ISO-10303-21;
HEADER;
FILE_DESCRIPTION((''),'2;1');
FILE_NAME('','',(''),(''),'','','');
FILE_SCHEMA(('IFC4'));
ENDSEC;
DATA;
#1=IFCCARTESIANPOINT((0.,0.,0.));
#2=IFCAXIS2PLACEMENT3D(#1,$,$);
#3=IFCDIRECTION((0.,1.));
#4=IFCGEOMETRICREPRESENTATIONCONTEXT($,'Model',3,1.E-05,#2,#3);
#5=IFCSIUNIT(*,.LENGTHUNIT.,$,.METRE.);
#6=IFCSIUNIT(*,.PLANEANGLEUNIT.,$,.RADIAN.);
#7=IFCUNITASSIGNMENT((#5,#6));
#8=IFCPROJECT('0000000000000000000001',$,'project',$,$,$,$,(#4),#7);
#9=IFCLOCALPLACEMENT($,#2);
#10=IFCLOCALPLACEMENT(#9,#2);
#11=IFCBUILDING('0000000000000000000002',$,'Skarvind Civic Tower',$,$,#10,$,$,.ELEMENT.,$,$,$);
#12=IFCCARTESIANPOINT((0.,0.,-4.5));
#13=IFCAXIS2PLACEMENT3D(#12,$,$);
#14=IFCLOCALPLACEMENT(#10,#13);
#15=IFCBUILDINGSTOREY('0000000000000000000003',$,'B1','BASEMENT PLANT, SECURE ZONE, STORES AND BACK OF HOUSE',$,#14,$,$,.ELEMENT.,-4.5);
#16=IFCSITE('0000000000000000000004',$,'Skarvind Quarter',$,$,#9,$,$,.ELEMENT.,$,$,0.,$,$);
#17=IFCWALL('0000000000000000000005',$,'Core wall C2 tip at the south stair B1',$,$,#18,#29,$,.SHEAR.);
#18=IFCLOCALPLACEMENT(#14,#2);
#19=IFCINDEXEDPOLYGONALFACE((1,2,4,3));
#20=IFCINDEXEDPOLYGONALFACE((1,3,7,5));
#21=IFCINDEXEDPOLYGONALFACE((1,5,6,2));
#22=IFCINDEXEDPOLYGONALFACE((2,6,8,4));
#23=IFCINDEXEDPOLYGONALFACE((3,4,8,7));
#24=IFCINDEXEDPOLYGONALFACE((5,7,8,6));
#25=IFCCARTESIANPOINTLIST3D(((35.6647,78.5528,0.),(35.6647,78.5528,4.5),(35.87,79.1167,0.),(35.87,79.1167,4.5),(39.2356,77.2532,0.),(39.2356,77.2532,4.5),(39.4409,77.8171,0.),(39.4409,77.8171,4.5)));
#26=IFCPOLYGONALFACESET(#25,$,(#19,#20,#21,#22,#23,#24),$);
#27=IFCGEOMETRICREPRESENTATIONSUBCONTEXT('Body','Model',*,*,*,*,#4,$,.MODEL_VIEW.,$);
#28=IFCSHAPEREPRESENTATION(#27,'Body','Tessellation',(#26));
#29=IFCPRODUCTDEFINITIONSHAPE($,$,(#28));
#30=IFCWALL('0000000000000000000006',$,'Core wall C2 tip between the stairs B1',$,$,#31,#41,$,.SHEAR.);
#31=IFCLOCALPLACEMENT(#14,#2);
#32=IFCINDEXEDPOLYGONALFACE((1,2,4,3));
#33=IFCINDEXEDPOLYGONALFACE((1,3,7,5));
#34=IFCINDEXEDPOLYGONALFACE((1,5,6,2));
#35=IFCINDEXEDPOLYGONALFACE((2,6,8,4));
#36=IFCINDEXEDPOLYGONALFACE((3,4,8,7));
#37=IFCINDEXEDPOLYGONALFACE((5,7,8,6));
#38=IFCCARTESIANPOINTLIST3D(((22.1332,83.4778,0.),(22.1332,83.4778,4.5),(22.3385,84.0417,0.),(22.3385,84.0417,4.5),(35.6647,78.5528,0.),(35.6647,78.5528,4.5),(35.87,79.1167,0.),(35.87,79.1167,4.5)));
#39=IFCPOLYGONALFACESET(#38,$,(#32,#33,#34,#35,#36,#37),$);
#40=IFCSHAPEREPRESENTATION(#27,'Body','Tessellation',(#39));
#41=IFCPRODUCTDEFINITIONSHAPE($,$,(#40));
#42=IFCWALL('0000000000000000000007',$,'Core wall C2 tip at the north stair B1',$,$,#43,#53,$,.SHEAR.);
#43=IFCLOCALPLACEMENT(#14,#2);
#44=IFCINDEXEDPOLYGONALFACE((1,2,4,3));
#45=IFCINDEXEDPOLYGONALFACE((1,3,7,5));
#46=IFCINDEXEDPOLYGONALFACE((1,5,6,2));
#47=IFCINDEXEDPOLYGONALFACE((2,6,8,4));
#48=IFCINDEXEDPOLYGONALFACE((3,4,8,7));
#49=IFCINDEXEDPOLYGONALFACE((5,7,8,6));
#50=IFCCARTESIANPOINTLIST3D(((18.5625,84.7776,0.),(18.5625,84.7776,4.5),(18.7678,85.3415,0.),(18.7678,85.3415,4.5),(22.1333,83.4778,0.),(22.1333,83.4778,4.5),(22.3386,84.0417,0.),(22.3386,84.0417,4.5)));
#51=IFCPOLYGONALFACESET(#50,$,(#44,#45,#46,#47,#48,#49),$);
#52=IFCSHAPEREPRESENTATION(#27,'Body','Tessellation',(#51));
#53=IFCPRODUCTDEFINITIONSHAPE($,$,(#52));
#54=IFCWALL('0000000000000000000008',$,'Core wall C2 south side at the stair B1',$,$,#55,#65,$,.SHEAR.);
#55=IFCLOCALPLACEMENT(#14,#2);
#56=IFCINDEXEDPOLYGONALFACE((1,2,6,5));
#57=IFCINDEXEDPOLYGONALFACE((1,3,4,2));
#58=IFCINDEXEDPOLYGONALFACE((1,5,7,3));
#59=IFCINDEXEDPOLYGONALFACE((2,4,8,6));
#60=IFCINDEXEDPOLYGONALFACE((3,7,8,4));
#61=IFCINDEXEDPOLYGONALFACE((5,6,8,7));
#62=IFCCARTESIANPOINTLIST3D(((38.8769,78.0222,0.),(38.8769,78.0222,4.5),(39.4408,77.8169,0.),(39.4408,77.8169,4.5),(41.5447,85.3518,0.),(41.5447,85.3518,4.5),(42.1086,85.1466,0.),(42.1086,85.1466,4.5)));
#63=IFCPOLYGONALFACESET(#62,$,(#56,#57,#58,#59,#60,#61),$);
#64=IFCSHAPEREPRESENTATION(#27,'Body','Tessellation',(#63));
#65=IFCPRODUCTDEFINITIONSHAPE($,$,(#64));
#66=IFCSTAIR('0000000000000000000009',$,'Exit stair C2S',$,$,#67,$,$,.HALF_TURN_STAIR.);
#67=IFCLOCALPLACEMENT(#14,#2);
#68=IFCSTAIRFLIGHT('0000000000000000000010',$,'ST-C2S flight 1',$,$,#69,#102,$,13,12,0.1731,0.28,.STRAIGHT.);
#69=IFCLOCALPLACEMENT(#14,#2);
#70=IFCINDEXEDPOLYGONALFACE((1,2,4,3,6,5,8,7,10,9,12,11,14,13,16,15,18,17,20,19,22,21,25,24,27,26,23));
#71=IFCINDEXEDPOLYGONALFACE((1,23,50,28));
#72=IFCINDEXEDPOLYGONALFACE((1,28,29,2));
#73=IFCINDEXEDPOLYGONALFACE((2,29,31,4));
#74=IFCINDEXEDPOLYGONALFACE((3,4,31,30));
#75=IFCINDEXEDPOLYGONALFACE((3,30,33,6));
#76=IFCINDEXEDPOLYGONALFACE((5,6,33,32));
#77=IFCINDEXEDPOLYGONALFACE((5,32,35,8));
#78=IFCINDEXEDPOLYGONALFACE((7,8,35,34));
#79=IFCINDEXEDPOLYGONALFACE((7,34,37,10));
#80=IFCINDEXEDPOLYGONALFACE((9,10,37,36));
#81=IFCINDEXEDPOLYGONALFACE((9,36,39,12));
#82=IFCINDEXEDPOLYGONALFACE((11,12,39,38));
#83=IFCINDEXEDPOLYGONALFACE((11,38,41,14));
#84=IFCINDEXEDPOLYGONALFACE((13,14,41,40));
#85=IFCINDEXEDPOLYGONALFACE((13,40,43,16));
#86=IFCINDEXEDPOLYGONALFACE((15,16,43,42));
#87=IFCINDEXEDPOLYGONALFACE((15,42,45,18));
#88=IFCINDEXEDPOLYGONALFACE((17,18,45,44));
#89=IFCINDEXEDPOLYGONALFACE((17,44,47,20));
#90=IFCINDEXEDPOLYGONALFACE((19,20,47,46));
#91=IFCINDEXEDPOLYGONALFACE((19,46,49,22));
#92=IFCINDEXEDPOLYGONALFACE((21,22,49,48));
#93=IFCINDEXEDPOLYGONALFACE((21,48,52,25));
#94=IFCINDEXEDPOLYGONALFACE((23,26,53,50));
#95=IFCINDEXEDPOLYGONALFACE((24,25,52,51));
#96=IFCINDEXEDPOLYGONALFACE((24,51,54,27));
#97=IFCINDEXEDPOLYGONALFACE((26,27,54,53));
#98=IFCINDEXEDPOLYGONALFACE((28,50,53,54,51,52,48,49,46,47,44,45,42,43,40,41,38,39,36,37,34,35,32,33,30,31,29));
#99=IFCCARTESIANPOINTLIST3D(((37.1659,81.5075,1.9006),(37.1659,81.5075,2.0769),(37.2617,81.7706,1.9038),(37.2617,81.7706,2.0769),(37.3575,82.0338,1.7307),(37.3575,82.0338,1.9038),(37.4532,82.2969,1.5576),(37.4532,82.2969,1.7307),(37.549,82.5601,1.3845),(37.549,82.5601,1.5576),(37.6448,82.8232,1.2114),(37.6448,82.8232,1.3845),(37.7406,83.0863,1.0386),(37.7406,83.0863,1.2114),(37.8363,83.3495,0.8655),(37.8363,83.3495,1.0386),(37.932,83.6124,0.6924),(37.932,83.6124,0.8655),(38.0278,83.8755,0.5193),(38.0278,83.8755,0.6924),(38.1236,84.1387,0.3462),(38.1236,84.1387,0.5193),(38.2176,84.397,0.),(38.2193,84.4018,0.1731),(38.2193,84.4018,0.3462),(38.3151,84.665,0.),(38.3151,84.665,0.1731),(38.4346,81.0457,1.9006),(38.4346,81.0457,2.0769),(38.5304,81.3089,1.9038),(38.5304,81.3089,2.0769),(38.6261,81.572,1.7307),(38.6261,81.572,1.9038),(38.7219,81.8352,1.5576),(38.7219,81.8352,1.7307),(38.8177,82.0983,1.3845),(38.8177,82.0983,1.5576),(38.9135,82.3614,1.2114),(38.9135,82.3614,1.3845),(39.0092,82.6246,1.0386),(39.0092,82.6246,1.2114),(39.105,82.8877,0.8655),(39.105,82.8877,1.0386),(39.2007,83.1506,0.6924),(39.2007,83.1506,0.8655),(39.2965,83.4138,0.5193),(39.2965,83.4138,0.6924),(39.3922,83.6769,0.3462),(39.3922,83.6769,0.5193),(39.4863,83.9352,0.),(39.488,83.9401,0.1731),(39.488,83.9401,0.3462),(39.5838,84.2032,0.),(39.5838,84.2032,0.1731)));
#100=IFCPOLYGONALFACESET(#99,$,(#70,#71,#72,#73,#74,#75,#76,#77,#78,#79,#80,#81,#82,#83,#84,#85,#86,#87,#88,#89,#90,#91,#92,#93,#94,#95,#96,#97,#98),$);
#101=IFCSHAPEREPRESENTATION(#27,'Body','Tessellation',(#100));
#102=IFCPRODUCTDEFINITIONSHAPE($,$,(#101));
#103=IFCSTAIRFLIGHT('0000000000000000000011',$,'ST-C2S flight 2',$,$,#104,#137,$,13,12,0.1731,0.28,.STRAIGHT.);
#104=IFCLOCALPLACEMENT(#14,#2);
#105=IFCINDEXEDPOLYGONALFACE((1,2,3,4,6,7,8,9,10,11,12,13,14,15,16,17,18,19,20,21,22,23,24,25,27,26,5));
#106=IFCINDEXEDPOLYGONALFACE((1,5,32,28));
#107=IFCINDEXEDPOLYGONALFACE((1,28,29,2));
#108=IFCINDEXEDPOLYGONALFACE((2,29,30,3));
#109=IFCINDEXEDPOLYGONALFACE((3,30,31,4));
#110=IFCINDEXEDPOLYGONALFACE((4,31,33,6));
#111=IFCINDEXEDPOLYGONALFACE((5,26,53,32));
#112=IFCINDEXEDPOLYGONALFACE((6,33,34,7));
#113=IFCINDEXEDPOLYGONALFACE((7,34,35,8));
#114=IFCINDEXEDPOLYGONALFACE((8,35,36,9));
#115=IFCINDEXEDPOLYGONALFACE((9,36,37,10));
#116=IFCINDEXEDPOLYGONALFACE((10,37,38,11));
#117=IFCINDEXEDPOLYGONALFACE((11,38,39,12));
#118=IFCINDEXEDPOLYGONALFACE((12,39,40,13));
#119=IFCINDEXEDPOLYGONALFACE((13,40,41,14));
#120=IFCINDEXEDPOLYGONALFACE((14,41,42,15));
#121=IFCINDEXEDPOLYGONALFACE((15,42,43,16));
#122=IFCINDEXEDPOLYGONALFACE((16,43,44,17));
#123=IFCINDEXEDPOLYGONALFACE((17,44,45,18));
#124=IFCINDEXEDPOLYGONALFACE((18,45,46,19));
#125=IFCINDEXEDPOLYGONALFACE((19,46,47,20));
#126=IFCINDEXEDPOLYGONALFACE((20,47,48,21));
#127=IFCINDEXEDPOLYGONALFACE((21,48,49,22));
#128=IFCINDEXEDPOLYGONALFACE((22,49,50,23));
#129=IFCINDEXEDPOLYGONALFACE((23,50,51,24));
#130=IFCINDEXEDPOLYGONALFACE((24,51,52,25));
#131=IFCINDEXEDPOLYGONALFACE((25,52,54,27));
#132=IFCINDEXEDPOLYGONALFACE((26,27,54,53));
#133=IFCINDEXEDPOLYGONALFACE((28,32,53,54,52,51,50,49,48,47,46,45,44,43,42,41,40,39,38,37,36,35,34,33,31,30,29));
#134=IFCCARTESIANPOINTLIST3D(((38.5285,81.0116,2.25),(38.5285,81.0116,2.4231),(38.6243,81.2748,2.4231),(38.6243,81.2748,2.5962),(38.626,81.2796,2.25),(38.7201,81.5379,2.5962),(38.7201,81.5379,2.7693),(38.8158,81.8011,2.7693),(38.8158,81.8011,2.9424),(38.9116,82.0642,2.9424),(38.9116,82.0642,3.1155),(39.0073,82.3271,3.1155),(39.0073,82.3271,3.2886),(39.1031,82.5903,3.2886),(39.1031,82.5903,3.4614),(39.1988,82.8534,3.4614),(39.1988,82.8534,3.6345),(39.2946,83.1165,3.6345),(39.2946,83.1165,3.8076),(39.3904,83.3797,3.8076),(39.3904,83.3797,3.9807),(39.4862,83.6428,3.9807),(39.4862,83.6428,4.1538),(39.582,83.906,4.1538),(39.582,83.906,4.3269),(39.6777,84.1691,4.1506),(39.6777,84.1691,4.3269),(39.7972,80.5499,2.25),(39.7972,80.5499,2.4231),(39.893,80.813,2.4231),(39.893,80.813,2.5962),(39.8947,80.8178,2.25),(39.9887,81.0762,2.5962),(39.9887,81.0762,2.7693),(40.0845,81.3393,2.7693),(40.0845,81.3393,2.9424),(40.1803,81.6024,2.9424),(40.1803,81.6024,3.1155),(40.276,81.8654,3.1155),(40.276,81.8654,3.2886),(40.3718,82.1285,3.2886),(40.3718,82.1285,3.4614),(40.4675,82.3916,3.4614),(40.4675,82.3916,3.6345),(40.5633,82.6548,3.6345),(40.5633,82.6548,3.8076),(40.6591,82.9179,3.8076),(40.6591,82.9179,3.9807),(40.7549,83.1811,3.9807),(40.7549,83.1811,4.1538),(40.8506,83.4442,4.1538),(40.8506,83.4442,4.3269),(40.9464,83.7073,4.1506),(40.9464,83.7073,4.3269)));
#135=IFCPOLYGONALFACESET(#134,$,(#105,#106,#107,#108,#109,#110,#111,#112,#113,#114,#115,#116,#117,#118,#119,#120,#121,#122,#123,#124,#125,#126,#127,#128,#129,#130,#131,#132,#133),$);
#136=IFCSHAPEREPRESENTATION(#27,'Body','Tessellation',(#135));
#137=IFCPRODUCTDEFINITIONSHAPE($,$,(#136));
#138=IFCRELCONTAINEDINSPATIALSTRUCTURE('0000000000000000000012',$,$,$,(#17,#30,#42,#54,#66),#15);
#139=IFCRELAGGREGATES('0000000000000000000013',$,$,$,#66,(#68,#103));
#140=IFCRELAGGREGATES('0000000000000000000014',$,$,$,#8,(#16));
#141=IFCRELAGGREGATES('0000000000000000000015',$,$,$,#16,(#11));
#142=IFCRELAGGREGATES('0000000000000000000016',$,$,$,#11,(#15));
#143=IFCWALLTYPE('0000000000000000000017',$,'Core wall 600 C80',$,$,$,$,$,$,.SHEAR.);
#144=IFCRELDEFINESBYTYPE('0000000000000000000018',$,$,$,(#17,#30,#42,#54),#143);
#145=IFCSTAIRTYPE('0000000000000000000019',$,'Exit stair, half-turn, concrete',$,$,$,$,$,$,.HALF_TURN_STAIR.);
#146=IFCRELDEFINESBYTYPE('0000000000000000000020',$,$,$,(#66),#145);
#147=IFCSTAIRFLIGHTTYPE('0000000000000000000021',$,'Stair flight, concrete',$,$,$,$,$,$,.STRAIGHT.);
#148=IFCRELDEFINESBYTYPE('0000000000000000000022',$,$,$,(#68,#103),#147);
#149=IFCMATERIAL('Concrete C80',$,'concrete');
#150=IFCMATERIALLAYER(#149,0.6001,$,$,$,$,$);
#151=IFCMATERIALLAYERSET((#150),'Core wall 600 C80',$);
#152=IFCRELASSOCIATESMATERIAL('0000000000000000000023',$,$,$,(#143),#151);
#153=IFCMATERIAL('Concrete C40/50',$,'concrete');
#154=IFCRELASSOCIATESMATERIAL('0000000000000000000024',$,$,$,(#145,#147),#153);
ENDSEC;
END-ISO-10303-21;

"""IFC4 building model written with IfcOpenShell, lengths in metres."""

from ifc_helpers import new_model, si_unit, direction, frame, frame_2d, origin, place, context, subcontext, project, spatial, polyline, rectangle, outline, extrude, material, layer, layer_set, type_object, element, aggregate, save


model = new_model("IFC4")

# Units and contexts
model_context = context("Model", 3, precision=1e-05, world=origin(), true_north=direction((0.0, 1.0)))
body_context = subcontext(model_context, "Body", "Model", "MODEL_VIEW")
ifc_project = project(units=[si_unit("LENGTHUNIT", "METRE"), si_unit("PLANEANGLEUNIT", "RADIAN")], contexts=[model_context])

# Site, building, storey
site_placement = place(None, origin())
site = spatial("IfcSite", under=ifc_project, at=site_placement, Name="Skarvind Quarter", CompositionType="ELEMENT", RefElevation=0.0)
building_placement = place(site_placement, origin())
building = spatial("IfcBuilding", under=site, at=building_placement, Name="Skarvind Civic Tower", CompositionType="ELEMENT")
storey_placement = place(building_placement, frame((0.0, 0.0, -4.5)))
storey = spatial("IfcBuildingStorey", under=building, at=storey_placement, Name="B1", Description="BASEMENT PLANT, SECURE ZONE, STORES AND BACK OF HOUSE", CompositionType="ELEMENT", Elevation=-4.5)

# Shared definitions
ifc_material_1 = material(Name="Concrete C80", Category="concrete")

# Walls
ifc_layer_1 = layer(ifc_material_1, 0.6001)
ifc_layer_set_1 = layer_set([ifc_layer_1], Name="Core wall 600 C80")
wall_type_1 = type_object("IfcWallType", Name="Core wall 600 C80", PredefinedType="SHEAR", material=ifc_layer_set_1)
wall_1_placement = place(storey_placement, frame((39.3381, 77.5352, 0.0), z_axis=(0.0, 0.0, 1.0), x_axis=(-0.939701, 0.341996, 0.0)))
element("IfcWall", 1, at=wall_1_placement, inside=storey, type_object=wall_type_1, Name="Core wall C2 tip at the south stair B1", PredefinedType="SHEAR", context=body_context, shape_type="SweptSolid", body=[
    extrude(rectangle(XDim=3.8, YDim=0.6001, at=frame_2d((1.8999, 0.0))), origin(), (0.0, 0.0, 1.0), 4.5),
])
wall_2_placement = place(storey_placement, frame((35.7673, 78.8347, 0.0), z_axis=(0.0, 0.0, 1.0), x_axis=(-0.939693, 0.342019, 0.0)))
element("IfcWall", 2, at=wall_2_placement, inside=storey, type_object=wall_type_1, Name="Core wall C2 tip between the stairs B1", PredefinedType="SHEAR", context=body_context, shape_type="SweptSolid", body=[
    extrude(rectangle(XDim=14.3999, YDim=0.6001, at=frame_2d((7.2, 0.0))), origin(), (0.0, 0.0, 1.0), 4.5),
])
wall_3_placement = place(storey_placement, frame((22.2358, 83.7598, 0.0), z_axis=(0.0, 0.0, 1.0), x_axis=(-0.939681, 0.342053, 0.0)))
element("IfcWall", 3, at=wall_3_placement, inside=storey, type_object=wall_type_1, Name="Core wall C2 tip at the north stair B1", PredefinedType="SHEAR", context=body_context, shape_type="SweptSolid", body=[
    extrude(rectangle(XDim=3.8, YDim=0.6001, at=frame_2d((1.8999, 0.0))), origin(), (0.0, 0.0, 1.0), 4.5),
])
wall_4_placement = place(storey_placement, frame((39.1589, 77.9197, 0.0), z_axis=(0.0, 0.0, 1.0), x_axis=(0.342017, 0.939694, 0.0)))
element("IfcWall", 4, at=wall_4_placement, inside=storey, type_object=wall_type_1, Name="Core wall C2 south side at the stair B1", PredefinedType="SHEAR", context=body_context, shape_type="SweptSolid", body=[
    extrude(rectangle(XDim=7.8, YDim=0.6001, at=frame_2d((3.8999, 0.0))), origin(), (0.0, 0.0, 1.0), 4.5),
])

# Stair, stair flights
ifc_material_2 = material(Name="Concrete C40/50", Category="concrete")
stair_type = type_object("IfcStairType", Name="Exit stair, half-turn, concrete", PredefinedType="HALF_TURN_STAIR", material=ifc_material_2)
stair_placement = place(storey_placement, origin())
stair = element("IfcStair", 5, at=stair_placement, inside=storey, type_object=stair_type, Name="Exit stair C2S", PredefinedType="HALF_TURN_STAIR")
stair_flight_type = type_object("IfcStairFlightType", Name="Stair flight, concrete", PredefinedType="STRAIGHT", material=ifc_material_2)
stair_flight_1_placement = place(storey_placement, frame((38.9495, 84.4341, 0.0), z_axis=(0.0, 0.0, 1.0), x_axis=(-0.34202, -0.939693, 0.0)))
stair_flight_1 = element("IfcStairFlight", 6, at=stair_flight_1_placement, type_object=stair_flight_type, Name="ST-C2S flight 1", NumberOfRisers=13, NumberOfTreads=12, PredefinedType="STRAIGHT", RiserHeight=0.1731, TreadLength=0.28, context=body_context, shape_type="SweptSolid", body=[
    extrude(outline(polyline([(0.0, 0.0), (0.0, 0.1731), (0.28, 0.1731), (0.28, 0.3462), (0.5601, 0.3462), (0.5601, 0.5193), (0.8401, 0.5193), (0.8401, 0.6924), (1.1201, 0.6924), (1.1201, 0.8655), (1.3999, 0.8655), (1.3999, 1.0386), (1.6799, 1.0386), (1.6799, 1.2114), (1.96, 1.2114), (1.96, 1.3845), (2.24, 1.3845), (2.24, 1.5576), (2.52, 1.5576), (2.52, 1.7307), (2.8, 1.7307), (2.8, 1.9038), (3.0801, 1.9038), (3.0801, 2.0769), (3.3601, 2.0769), (3.3601, 2.25), (3.3601, 1.9006), (0.2852, 0.0), (0.0, 0.0)])), frame((0.0, 0.675, 0.0), z_axis=(0.0, -1.0, 0.0), x_axis=(1.0, 0.0, 0.0)), (0.0, 0.0, 1.0), 1.3501),
])
stair_flight_2_placement = place(storey_placement, frame((39.1628, 80.7808, 2.25), z_axis=(0.0, 0.0, 1.0), x_axis=(0.34202, 0.939693, 0.0)))
stair_flight_2 = element("IfcStairFlight", 7, at=stair_flight_2_placement, type_object=stair_flight_type, Name="ST-C2S flight 2", NumberOfRisers=13, NumberOfTreads=12, PredefinedType="STRAIGHT", RiserHeight=0.1731, TreadLength=0.28, context=body_context, shape_type="SweptSolid", body=[
    extrude(outline(polyline([(0.0, 0.0), (0.0, 0.1731), (0.28, 0.1731), (0.28, 0.3462), (0.5601, 0.3462), (0.5601, 0.5193), (0.8401, 0.5193), (0.8401, 0.6924), (1.1201, 0.6924), (1.1201, 0.8655), (1.3999, 0.8655), (1.3999, 1.0386), (1.6799, 1.0386), (1.6799, 1.2114), (1.96, 1.2114), (1.96, 1.3845), (2.24, 1.3845), (2.24, 1.5576), (2.52, 1.5576), (2.52, 1.7307), (2.8, 1.7307), (2.8, 1.9038), (3.0801, 1.9038), (3.0801, 2.0769), (3.3601, 2.0769), (3.3601, 2.25), (3.3601, 1.9006), (0.2852, 0.0), (0.0, 0.0)])), frame((0.0, 0.675, 0.0), z_axis=(0.0, -1.0, 0.0), x_axis=(1.0, 0.0, 0.0)), (0.0, 0.0, 1.0), 1.3501),
])
aggregate(stair, [stair_flight_1, stair_flight_2])

save(model, "model.ifc")
